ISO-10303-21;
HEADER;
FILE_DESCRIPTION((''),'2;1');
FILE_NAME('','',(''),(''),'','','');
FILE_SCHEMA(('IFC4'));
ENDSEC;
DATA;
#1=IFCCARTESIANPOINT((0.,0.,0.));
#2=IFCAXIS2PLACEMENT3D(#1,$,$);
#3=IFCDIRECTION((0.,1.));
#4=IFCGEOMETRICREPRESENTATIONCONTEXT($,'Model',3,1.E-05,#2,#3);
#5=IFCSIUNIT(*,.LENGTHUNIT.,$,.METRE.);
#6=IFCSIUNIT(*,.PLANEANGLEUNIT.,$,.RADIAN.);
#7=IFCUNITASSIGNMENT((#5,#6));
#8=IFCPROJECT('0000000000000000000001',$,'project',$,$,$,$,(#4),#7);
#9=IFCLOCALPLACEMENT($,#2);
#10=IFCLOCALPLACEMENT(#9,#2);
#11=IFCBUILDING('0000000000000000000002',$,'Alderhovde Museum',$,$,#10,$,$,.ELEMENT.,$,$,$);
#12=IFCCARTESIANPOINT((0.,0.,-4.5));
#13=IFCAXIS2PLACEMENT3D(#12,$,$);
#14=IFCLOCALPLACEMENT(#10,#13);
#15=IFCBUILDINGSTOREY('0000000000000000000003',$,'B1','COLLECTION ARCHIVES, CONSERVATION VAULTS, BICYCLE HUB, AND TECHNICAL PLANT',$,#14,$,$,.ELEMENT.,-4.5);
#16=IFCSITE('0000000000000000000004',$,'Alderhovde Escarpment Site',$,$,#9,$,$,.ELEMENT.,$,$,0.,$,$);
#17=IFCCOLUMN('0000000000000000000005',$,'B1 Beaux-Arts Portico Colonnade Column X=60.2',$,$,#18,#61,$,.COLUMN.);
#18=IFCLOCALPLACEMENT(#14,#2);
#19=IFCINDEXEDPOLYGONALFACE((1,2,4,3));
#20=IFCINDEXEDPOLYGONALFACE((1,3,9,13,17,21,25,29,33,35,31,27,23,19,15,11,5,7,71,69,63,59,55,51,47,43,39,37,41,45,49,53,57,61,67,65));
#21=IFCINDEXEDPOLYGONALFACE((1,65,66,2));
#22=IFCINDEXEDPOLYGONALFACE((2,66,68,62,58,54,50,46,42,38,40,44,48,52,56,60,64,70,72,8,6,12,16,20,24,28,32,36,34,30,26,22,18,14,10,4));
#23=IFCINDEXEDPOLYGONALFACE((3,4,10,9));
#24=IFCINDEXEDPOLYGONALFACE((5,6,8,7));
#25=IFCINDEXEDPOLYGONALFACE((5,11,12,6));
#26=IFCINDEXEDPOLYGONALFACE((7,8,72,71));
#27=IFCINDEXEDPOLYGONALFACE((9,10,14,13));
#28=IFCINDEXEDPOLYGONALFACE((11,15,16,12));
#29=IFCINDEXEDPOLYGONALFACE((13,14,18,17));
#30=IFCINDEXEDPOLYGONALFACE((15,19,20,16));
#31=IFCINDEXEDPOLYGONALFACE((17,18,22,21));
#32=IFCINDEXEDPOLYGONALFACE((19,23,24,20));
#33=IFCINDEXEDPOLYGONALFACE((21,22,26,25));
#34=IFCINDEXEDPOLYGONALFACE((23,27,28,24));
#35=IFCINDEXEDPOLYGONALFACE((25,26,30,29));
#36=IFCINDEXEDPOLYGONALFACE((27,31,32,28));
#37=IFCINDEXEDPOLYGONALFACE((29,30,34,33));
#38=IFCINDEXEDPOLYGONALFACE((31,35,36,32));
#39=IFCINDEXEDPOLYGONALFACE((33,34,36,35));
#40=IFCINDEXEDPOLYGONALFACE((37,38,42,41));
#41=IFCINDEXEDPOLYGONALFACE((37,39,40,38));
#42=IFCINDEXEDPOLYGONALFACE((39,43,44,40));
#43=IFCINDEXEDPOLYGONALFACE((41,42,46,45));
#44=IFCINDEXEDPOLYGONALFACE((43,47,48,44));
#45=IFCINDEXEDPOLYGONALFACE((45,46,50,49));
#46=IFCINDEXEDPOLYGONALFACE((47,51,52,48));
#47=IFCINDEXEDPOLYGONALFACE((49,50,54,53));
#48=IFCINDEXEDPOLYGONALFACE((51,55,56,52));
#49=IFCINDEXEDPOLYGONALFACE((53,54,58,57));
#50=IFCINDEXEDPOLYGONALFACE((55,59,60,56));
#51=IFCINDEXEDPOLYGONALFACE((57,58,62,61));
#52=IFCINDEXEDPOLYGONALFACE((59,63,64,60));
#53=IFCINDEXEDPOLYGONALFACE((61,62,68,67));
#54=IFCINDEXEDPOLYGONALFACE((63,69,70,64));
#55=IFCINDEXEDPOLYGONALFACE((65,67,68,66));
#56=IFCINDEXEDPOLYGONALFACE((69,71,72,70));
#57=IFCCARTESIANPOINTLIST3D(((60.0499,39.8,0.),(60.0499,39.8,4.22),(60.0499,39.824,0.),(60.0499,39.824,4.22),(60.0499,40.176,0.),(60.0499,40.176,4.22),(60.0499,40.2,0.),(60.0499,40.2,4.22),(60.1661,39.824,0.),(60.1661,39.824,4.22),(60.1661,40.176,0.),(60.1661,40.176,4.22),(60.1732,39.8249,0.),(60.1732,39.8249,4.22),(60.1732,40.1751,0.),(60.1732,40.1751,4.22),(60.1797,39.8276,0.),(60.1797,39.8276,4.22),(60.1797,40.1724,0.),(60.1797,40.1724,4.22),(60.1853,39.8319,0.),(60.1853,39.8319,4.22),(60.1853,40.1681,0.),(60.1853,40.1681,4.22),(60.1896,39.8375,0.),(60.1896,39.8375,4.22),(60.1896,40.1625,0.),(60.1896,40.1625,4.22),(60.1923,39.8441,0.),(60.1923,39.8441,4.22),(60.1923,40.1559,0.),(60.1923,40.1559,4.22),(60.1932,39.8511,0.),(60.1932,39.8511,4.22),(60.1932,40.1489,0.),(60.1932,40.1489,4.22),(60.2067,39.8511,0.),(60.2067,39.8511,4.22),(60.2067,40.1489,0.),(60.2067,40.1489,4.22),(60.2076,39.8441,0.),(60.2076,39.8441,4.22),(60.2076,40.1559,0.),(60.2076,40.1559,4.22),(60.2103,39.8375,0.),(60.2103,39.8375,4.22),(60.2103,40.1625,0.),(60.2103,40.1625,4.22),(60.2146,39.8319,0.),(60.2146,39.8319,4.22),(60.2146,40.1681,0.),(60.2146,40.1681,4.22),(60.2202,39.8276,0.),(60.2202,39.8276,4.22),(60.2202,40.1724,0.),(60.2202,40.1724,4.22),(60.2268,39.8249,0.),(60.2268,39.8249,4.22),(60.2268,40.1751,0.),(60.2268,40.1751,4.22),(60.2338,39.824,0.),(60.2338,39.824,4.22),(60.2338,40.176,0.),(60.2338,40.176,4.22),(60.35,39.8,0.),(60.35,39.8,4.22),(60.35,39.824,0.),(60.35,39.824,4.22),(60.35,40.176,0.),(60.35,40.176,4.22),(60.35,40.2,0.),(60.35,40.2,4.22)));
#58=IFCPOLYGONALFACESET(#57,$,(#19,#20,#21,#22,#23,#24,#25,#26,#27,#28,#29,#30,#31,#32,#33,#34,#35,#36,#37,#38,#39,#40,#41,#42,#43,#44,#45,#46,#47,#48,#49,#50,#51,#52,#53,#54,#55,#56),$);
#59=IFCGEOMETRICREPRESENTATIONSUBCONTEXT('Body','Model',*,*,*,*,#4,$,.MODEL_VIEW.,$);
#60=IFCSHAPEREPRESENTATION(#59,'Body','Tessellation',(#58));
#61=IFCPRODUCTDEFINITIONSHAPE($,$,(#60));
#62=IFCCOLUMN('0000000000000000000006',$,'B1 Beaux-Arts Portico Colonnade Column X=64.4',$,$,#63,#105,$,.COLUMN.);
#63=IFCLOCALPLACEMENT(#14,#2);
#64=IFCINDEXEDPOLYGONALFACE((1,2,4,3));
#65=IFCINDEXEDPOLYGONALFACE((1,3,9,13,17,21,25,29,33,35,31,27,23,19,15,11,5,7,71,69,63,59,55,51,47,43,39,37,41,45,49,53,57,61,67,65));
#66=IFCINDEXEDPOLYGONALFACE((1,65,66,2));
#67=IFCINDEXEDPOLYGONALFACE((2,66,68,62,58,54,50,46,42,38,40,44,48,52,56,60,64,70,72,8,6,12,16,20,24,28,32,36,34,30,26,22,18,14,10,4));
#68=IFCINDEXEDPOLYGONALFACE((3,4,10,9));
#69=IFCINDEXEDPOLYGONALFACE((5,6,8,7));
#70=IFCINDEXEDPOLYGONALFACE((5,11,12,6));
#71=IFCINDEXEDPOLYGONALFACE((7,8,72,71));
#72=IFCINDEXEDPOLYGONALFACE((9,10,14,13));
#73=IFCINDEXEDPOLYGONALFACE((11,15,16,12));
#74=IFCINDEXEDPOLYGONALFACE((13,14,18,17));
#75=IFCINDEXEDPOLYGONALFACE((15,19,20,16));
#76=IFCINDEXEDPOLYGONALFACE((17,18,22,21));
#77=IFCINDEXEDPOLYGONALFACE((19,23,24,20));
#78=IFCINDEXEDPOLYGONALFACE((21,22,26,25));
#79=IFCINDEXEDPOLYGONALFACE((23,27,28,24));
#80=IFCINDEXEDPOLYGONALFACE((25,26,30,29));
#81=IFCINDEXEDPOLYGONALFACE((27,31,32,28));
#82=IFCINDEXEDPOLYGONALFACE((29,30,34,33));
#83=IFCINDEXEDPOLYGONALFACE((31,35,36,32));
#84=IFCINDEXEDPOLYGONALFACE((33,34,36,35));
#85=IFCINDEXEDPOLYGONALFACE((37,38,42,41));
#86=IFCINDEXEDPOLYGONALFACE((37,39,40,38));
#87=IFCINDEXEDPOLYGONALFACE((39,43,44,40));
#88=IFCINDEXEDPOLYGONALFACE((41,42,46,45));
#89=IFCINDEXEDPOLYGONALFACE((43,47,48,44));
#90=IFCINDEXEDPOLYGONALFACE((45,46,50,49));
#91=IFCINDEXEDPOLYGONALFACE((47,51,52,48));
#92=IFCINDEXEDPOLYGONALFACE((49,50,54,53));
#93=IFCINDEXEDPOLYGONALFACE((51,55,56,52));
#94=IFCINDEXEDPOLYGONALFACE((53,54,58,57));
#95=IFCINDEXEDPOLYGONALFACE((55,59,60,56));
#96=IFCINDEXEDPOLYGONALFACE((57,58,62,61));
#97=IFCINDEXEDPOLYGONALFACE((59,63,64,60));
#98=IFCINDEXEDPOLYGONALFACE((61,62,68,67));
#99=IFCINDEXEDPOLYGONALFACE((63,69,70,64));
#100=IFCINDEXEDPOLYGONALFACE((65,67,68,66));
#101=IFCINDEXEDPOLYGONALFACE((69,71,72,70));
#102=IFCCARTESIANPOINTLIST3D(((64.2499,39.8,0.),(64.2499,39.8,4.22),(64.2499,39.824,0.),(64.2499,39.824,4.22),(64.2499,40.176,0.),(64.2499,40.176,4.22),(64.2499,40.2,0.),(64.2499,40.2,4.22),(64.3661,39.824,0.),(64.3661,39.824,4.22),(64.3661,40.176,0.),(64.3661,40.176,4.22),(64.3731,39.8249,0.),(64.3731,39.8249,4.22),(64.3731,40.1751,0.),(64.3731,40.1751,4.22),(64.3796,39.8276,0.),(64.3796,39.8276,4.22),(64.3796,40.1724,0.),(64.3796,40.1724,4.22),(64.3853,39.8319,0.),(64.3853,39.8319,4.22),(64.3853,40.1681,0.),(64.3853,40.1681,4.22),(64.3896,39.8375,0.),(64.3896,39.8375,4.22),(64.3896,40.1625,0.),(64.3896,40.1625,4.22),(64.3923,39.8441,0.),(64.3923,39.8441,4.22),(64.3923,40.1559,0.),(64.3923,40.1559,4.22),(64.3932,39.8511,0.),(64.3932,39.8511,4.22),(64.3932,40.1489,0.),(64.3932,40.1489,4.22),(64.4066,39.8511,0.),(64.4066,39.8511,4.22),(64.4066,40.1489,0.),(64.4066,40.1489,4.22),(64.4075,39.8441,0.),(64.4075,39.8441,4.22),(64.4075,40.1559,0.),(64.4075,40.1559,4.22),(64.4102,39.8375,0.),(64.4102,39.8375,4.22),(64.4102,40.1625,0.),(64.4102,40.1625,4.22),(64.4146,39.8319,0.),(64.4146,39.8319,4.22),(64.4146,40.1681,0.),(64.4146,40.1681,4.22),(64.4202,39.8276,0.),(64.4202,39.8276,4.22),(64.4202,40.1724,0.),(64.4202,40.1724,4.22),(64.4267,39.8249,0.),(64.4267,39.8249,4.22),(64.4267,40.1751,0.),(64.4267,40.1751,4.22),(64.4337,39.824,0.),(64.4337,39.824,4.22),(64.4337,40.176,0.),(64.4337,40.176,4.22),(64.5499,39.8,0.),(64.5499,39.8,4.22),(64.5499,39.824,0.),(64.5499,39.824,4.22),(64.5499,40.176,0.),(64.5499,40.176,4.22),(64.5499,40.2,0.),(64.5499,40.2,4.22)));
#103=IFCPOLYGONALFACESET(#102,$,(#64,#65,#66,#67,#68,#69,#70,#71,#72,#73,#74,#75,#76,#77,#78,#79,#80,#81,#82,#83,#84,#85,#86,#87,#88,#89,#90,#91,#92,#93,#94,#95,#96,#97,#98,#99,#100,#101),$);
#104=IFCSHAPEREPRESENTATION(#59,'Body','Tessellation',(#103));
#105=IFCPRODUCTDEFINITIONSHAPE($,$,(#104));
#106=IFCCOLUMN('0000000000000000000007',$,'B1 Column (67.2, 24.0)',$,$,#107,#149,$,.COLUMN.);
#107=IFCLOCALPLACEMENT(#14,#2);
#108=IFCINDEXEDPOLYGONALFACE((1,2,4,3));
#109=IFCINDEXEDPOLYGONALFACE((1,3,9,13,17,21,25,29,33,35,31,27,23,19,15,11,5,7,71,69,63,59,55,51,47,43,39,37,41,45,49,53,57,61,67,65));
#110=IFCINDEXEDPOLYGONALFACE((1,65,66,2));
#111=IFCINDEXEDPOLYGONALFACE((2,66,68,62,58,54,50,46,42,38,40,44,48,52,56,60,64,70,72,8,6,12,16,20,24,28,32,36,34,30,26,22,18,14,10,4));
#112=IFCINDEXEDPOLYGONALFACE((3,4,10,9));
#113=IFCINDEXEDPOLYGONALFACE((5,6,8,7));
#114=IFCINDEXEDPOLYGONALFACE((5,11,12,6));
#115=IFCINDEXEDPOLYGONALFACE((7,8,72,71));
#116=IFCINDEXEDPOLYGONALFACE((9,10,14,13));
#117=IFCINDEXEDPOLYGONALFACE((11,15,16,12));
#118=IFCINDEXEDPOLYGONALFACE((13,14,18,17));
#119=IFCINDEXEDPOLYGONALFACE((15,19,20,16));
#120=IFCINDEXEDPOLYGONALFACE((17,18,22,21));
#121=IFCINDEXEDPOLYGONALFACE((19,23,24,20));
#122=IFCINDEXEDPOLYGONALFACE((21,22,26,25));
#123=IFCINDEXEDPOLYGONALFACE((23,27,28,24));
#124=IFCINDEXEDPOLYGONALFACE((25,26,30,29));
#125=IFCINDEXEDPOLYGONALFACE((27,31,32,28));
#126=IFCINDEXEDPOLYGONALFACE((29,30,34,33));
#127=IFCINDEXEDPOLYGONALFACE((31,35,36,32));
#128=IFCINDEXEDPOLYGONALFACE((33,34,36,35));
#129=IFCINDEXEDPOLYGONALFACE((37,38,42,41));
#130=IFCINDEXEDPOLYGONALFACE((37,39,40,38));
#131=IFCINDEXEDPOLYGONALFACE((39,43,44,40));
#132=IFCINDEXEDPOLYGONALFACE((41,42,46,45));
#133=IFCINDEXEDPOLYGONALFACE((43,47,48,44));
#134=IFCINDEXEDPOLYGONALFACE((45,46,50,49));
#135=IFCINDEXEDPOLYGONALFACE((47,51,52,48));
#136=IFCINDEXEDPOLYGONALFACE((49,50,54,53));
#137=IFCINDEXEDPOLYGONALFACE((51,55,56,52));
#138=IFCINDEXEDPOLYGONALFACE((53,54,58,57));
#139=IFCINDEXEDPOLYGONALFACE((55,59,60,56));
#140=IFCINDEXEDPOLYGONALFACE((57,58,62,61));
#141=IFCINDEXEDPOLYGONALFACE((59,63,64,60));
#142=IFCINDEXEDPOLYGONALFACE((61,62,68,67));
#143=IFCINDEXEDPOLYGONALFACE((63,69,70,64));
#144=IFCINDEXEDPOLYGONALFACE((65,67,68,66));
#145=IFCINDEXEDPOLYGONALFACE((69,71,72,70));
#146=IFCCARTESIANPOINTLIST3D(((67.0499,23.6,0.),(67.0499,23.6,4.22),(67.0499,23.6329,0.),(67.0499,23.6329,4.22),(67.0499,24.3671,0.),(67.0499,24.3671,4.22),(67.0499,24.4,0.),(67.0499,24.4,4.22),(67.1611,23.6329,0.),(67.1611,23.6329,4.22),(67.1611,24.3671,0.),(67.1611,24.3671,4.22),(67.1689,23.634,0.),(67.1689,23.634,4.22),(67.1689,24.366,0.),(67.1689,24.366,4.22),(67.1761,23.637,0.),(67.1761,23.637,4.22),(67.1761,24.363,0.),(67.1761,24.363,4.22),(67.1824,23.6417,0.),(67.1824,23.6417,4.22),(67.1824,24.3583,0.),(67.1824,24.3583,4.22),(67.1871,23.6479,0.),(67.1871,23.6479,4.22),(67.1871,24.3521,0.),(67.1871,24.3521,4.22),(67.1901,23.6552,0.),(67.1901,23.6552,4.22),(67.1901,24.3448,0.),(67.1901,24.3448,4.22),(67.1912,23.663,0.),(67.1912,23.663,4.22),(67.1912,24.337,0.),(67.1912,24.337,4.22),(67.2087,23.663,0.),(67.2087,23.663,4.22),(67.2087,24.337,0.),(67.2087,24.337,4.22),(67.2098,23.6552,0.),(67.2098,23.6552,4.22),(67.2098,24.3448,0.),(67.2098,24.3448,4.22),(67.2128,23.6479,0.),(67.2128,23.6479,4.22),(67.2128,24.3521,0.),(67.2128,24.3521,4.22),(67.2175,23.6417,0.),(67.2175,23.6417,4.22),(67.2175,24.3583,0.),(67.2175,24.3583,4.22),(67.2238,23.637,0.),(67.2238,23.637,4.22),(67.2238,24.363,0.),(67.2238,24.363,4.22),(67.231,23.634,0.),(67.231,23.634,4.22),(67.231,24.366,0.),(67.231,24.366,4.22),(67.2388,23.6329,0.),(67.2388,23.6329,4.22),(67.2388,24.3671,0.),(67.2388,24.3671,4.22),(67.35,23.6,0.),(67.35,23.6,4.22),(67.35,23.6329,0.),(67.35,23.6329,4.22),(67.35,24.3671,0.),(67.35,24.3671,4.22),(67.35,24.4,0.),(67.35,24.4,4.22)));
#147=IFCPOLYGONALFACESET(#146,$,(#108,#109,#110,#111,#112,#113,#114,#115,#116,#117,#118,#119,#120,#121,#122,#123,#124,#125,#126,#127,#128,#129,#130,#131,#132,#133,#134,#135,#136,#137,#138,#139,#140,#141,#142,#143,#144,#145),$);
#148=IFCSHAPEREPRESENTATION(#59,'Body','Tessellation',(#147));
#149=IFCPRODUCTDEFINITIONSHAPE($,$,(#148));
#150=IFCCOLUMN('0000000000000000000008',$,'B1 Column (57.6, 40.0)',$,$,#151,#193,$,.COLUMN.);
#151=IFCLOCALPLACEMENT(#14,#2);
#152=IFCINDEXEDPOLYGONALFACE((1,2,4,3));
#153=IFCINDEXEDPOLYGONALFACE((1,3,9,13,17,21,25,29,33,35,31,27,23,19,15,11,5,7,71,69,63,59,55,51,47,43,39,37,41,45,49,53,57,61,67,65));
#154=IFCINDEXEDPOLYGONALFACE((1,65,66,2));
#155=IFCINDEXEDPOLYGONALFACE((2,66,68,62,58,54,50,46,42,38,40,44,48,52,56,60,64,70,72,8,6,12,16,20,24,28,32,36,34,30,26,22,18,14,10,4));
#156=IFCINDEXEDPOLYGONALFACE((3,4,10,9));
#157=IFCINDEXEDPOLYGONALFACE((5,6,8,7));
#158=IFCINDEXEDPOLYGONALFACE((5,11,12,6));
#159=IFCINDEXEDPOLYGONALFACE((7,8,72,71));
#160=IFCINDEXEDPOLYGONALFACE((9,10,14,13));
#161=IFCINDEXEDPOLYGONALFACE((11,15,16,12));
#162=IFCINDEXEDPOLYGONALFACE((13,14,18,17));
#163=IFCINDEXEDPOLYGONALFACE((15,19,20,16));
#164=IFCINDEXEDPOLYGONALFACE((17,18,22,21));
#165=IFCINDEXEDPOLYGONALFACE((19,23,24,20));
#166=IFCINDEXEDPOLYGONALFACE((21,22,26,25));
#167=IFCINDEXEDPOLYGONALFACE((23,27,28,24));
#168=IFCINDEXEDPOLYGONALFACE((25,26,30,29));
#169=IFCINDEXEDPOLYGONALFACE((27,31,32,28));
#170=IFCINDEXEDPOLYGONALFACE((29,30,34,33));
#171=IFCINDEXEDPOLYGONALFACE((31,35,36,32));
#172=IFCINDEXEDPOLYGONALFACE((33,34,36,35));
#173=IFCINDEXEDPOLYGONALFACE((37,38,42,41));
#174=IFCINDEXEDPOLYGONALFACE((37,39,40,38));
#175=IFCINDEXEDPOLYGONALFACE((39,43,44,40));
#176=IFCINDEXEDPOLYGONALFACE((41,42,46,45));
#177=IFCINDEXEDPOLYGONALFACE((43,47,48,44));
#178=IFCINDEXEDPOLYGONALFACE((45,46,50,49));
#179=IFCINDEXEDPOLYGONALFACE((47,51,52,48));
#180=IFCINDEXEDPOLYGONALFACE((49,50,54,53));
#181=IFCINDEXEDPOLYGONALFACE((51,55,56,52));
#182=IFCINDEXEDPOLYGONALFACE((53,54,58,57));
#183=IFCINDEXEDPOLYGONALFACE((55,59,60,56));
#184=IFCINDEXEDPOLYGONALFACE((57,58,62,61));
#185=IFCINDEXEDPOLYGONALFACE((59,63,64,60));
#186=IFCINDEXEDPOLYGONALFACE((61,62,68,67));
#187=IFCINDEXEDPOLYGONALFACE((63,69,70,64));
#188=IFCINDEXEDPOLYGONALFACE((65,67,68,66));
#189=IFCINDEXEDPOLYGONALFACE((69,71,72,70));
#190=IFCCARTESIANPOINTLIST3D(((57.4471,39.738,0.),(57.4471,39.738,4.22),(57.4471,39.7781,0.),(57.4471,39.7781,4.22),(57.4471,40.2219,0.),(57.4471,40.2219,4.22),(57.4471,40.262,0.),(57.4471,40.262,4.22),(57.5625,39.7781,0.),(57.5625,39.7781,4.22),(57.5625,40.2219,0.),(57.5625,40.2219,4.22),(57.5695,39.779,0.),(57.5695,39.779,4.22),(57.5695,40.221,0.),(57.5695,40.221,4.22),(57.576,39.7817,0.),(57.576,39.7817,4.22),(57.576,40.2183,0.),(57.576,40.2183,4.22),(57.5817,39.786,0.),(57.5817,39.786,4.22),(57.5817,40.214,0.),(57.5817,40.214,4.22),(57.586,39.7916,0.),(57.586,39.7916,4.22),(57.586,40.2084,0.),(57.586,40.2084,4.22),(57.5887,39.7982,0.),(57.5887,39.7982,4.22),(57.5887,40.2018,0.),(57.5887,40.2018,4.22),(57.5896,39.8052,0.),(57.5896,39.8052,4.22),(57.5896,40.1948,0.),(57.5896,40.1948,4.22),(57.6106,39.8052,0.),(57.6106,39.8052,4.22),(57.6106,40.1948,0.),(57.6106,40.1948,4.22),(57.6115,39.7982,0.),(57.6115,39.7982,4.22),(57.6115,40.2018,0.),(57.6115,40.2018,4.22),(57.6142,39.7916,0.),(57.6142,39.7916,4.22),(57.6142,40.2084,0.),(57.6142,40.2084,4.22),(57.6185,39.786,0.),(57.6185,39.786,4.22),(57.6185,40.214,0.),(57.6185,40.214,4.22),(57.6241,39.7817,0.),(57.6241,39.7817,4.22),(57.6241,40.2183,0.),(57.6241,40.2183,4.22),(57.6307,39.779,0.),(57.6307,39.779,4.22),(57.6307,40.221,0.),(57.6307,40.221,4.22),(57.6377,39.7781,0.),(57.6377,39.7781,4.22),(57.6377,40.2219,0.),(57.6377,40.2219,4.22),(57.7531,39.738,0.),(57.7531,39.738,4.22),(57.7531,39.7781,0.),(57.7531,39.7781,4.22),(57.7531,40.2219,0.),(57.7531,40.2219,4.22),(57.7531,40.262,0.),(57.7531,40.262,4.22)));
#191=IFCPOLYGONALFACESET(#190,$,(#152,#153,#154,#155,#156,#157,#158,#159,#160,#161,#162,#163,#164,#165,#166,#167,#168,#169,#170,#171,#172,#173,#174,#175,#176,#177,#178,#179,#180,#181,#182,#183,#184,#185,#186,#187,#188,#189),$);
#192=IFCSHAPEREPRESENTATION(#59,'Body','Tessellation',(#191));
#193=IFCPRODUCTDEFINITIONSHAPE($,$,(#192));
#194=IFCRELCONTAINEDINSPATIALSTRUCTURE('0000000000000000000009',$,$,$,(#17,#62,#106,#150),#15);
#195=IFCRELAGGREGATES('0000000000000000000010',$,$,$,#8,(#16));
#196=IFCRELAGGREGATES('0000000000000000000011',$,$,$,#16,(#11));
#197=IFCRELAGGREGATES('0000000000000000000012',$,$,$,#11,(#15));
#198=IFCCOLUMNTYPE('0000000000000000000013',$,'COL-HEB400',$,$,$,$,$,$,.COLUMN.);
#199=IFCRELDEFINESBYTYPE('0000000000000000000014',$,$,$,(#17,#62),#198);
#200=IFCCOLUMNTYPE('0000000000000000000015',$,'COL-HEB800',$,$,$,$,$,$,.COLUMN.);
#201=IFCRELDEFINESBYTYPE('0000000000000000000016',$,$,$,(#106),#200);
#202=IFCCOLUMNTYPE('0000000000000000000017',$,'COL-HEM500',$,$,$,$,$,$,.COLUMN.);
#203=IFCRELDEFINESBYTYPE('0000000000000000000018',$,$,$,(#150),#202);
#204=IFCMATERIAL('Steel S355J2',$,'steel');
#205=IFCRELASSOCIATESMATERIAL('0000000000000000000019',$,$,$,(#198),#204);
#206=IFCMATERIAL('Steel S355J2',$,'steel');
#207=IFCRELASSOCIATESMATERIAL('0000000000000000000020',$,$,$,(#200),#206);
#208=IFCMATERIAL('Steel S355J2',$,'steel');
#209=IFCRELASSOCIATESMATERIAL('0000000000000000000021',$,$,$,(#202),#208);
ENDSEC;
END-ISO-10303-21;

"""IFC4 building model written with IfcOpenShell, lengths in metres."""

from ifc_helpers import new_model, si_unit, direction, frame, origin, origin_2d, place, context, subcontext, project, spatial, i_section, extrude, material, material_profile, profile_set, type_object, element, save


model = new_model("IFC4")

# Units and contexts
model_context = context("Model", 3, precision=1e-05, world=origin(), true_north=direction((0.0, 1.0)))
body_context = subcontext(model_context, "Body", "Model", "MODEL_VIEW")
ifc_project = project(units=[si_unit("LENGTHUNIT", "METRE"), si_unit("PLANEANGLEUNIT", "RADIAN")], contexts=[model_context])

# Site, building, storey
site_placement = place(None, origin())
site = spatial("IfcSite", under=ifc_project, at=site_placement, Name="Alderhovde Escarpment Site", CompositionType="ELEMENT", RefElevation=0.0)
building_placement = place(site_placement, origin())
building = spatial("IfcBuilding", under=site, at=building_placement, Name="Alderhovde Museum", CompositionType="ELEMENT")
storey_placement = place(building_placement, frame((0.0, 0.0, -4.5)))
storey = spatial("IfcBuildingStorey", under=building, at=storey_placement, Name="B1", Description="COLLECTION ARCHIVES, CONSERVATION VAULTS, BICYCLE HUB, AND TECHNICAL PLANT", CompositionType="ELEMENT", Elevation=-4.5)

# Columns
ifc_material_1 = material(Name="Steel S355J2", Category="steel")
ifc_material_profile_1 = material_profile(ifc_material_1, i_section(OverallWidth=0.3, OverallDepth=0.3999, WebThickness=0.0134, FlangeThickness=0.0239, FilletRadius=0.0271, at=origin_2d()), Name="HEB 400")
ifc_profile_set_1 = profile_set([ifc_material_profile_1], Name="Steel S355J2")
column_type_1 = type_object("IfcColumnType", Name="COL-HEB400", PredefinedType="COLUMN", material=ifc_profile_set_1)
for number, where, z_axis, x_axis, name in (
    (1, (60.2, 40.0, 0.0), (0.0, 0.0, 1.0), (1.0, 0.0, 0.0), "B1 Beaux-Arts Portico Colonnade Column X=60.2"),
    (2, (64.3999, 40.0, 0.0), (0.0, 0.0, 1.0), (1.0, 0.0, 0.0), "B1 Beaux-Arts Portico Colonnade Column X=64.4"),
):
    element("IfcColumn", number, at=place(storey_placement, frame(where, z_axis=z_axis, x_axis=x_axis)), inside=storey, type_object=column_type_1, Name=name, PredefinedType="COLUMN", context=body_context, shape_type="SweptSolid", body=[
        extrude(i_section(OverallWidth=0.3, OverallDepth=0.3999, WebThickness=0.0134, FlangeThickness=0.0239, FilletRadius=0.0271, at=origin_2d()), origin(), (0.0, 0.0, 1.0), 4.22),
    ])
ifc_material_2 = material(Name="Steel S355J2", Category="steel")
ifc_material_profile_2 = material_profile(ifc_material_2, i_section(OverallWidth=0.3, OverallDepth=0.8, WebThickness=0.0176, FlangeThickness=0.033, FilletRadius=0.03, at=origin_2d()), Name="HEB 800")
ifc_profile_set_2 = profile_set([ifc_material_profile_2], Name="Steel S355J2")
column_type_2 = type_object("IfcColumnType", Name="COL-HEB800", PredefinedType="COLUMN", material=ifc_profile_set_2)
column_1_placement = place(storey_placement, frame((67.2, 24.0, 0.0), z_axis=(0.0, 0.0, 1.0), x_axis=(1.0, 0.0, 0.0)))
element("IfcColumn", 3, at=column_1_placement, inside=storey, type_object=column_type_2, Name="B1 Column (67.2, 24.0)", PredefinedType="COLUMN", context=body_context, shape_type="SweptSolid", body=[
    extrude(i_section(OverallWidth=0.3, OverallDepth=0.8, WebThickness=0.0176, FlangeThickness=0.033, FilletRadius=0.03, at=origin_2d()), origin(), (0.0, 0.0, 1.0), 4.22),
])
ifc_material_3 = material(Name="Steel S355J2", Category="steel")
ifc_material_profile_3 = material_profile(ifc_material_3, i_section(OverallWidth=0.3059, OverallDepth=0.5239, WebThickness=0.021, FlangeThickness=0.04, FilletRadius=0.0271, at=origin_2d()), Name="HEM 500")
ifc_profile_set_3 = profile_set([ifc_material_profile_3], Name="Steel S355J2")
column_type_3 = type_object("IfcColumnType", Name="COL-HEM500", PredefinedType="COLUMN", material=ifc_profile_set_3)
column_2_placement = place(storey_placement, frame((57.6001, 40.0, 0.0), z_axis=(0.0, 0.0, 1.0), x_axis=(1.0, 0.0, 0.0)))
element("IfcColumn", 4, at=column_2_placement, inside=storey, type_object=column_type_3, Name="B1 Column (57.6, 40.0)", PredefinedType="COLUMN", context=body_context, shape_type="SweptSolid", body=[
    extrude(i_section(OverallWidth=0.3059, OverallDepth=0.5239, WebThickness=0.021, FlangeThickness=0.04, FilletRadius=0.0271, at=origin_2d()), origin(), (0.0, 0.0, 1.0), 4.22),
])

save(model, "model.ifc")
